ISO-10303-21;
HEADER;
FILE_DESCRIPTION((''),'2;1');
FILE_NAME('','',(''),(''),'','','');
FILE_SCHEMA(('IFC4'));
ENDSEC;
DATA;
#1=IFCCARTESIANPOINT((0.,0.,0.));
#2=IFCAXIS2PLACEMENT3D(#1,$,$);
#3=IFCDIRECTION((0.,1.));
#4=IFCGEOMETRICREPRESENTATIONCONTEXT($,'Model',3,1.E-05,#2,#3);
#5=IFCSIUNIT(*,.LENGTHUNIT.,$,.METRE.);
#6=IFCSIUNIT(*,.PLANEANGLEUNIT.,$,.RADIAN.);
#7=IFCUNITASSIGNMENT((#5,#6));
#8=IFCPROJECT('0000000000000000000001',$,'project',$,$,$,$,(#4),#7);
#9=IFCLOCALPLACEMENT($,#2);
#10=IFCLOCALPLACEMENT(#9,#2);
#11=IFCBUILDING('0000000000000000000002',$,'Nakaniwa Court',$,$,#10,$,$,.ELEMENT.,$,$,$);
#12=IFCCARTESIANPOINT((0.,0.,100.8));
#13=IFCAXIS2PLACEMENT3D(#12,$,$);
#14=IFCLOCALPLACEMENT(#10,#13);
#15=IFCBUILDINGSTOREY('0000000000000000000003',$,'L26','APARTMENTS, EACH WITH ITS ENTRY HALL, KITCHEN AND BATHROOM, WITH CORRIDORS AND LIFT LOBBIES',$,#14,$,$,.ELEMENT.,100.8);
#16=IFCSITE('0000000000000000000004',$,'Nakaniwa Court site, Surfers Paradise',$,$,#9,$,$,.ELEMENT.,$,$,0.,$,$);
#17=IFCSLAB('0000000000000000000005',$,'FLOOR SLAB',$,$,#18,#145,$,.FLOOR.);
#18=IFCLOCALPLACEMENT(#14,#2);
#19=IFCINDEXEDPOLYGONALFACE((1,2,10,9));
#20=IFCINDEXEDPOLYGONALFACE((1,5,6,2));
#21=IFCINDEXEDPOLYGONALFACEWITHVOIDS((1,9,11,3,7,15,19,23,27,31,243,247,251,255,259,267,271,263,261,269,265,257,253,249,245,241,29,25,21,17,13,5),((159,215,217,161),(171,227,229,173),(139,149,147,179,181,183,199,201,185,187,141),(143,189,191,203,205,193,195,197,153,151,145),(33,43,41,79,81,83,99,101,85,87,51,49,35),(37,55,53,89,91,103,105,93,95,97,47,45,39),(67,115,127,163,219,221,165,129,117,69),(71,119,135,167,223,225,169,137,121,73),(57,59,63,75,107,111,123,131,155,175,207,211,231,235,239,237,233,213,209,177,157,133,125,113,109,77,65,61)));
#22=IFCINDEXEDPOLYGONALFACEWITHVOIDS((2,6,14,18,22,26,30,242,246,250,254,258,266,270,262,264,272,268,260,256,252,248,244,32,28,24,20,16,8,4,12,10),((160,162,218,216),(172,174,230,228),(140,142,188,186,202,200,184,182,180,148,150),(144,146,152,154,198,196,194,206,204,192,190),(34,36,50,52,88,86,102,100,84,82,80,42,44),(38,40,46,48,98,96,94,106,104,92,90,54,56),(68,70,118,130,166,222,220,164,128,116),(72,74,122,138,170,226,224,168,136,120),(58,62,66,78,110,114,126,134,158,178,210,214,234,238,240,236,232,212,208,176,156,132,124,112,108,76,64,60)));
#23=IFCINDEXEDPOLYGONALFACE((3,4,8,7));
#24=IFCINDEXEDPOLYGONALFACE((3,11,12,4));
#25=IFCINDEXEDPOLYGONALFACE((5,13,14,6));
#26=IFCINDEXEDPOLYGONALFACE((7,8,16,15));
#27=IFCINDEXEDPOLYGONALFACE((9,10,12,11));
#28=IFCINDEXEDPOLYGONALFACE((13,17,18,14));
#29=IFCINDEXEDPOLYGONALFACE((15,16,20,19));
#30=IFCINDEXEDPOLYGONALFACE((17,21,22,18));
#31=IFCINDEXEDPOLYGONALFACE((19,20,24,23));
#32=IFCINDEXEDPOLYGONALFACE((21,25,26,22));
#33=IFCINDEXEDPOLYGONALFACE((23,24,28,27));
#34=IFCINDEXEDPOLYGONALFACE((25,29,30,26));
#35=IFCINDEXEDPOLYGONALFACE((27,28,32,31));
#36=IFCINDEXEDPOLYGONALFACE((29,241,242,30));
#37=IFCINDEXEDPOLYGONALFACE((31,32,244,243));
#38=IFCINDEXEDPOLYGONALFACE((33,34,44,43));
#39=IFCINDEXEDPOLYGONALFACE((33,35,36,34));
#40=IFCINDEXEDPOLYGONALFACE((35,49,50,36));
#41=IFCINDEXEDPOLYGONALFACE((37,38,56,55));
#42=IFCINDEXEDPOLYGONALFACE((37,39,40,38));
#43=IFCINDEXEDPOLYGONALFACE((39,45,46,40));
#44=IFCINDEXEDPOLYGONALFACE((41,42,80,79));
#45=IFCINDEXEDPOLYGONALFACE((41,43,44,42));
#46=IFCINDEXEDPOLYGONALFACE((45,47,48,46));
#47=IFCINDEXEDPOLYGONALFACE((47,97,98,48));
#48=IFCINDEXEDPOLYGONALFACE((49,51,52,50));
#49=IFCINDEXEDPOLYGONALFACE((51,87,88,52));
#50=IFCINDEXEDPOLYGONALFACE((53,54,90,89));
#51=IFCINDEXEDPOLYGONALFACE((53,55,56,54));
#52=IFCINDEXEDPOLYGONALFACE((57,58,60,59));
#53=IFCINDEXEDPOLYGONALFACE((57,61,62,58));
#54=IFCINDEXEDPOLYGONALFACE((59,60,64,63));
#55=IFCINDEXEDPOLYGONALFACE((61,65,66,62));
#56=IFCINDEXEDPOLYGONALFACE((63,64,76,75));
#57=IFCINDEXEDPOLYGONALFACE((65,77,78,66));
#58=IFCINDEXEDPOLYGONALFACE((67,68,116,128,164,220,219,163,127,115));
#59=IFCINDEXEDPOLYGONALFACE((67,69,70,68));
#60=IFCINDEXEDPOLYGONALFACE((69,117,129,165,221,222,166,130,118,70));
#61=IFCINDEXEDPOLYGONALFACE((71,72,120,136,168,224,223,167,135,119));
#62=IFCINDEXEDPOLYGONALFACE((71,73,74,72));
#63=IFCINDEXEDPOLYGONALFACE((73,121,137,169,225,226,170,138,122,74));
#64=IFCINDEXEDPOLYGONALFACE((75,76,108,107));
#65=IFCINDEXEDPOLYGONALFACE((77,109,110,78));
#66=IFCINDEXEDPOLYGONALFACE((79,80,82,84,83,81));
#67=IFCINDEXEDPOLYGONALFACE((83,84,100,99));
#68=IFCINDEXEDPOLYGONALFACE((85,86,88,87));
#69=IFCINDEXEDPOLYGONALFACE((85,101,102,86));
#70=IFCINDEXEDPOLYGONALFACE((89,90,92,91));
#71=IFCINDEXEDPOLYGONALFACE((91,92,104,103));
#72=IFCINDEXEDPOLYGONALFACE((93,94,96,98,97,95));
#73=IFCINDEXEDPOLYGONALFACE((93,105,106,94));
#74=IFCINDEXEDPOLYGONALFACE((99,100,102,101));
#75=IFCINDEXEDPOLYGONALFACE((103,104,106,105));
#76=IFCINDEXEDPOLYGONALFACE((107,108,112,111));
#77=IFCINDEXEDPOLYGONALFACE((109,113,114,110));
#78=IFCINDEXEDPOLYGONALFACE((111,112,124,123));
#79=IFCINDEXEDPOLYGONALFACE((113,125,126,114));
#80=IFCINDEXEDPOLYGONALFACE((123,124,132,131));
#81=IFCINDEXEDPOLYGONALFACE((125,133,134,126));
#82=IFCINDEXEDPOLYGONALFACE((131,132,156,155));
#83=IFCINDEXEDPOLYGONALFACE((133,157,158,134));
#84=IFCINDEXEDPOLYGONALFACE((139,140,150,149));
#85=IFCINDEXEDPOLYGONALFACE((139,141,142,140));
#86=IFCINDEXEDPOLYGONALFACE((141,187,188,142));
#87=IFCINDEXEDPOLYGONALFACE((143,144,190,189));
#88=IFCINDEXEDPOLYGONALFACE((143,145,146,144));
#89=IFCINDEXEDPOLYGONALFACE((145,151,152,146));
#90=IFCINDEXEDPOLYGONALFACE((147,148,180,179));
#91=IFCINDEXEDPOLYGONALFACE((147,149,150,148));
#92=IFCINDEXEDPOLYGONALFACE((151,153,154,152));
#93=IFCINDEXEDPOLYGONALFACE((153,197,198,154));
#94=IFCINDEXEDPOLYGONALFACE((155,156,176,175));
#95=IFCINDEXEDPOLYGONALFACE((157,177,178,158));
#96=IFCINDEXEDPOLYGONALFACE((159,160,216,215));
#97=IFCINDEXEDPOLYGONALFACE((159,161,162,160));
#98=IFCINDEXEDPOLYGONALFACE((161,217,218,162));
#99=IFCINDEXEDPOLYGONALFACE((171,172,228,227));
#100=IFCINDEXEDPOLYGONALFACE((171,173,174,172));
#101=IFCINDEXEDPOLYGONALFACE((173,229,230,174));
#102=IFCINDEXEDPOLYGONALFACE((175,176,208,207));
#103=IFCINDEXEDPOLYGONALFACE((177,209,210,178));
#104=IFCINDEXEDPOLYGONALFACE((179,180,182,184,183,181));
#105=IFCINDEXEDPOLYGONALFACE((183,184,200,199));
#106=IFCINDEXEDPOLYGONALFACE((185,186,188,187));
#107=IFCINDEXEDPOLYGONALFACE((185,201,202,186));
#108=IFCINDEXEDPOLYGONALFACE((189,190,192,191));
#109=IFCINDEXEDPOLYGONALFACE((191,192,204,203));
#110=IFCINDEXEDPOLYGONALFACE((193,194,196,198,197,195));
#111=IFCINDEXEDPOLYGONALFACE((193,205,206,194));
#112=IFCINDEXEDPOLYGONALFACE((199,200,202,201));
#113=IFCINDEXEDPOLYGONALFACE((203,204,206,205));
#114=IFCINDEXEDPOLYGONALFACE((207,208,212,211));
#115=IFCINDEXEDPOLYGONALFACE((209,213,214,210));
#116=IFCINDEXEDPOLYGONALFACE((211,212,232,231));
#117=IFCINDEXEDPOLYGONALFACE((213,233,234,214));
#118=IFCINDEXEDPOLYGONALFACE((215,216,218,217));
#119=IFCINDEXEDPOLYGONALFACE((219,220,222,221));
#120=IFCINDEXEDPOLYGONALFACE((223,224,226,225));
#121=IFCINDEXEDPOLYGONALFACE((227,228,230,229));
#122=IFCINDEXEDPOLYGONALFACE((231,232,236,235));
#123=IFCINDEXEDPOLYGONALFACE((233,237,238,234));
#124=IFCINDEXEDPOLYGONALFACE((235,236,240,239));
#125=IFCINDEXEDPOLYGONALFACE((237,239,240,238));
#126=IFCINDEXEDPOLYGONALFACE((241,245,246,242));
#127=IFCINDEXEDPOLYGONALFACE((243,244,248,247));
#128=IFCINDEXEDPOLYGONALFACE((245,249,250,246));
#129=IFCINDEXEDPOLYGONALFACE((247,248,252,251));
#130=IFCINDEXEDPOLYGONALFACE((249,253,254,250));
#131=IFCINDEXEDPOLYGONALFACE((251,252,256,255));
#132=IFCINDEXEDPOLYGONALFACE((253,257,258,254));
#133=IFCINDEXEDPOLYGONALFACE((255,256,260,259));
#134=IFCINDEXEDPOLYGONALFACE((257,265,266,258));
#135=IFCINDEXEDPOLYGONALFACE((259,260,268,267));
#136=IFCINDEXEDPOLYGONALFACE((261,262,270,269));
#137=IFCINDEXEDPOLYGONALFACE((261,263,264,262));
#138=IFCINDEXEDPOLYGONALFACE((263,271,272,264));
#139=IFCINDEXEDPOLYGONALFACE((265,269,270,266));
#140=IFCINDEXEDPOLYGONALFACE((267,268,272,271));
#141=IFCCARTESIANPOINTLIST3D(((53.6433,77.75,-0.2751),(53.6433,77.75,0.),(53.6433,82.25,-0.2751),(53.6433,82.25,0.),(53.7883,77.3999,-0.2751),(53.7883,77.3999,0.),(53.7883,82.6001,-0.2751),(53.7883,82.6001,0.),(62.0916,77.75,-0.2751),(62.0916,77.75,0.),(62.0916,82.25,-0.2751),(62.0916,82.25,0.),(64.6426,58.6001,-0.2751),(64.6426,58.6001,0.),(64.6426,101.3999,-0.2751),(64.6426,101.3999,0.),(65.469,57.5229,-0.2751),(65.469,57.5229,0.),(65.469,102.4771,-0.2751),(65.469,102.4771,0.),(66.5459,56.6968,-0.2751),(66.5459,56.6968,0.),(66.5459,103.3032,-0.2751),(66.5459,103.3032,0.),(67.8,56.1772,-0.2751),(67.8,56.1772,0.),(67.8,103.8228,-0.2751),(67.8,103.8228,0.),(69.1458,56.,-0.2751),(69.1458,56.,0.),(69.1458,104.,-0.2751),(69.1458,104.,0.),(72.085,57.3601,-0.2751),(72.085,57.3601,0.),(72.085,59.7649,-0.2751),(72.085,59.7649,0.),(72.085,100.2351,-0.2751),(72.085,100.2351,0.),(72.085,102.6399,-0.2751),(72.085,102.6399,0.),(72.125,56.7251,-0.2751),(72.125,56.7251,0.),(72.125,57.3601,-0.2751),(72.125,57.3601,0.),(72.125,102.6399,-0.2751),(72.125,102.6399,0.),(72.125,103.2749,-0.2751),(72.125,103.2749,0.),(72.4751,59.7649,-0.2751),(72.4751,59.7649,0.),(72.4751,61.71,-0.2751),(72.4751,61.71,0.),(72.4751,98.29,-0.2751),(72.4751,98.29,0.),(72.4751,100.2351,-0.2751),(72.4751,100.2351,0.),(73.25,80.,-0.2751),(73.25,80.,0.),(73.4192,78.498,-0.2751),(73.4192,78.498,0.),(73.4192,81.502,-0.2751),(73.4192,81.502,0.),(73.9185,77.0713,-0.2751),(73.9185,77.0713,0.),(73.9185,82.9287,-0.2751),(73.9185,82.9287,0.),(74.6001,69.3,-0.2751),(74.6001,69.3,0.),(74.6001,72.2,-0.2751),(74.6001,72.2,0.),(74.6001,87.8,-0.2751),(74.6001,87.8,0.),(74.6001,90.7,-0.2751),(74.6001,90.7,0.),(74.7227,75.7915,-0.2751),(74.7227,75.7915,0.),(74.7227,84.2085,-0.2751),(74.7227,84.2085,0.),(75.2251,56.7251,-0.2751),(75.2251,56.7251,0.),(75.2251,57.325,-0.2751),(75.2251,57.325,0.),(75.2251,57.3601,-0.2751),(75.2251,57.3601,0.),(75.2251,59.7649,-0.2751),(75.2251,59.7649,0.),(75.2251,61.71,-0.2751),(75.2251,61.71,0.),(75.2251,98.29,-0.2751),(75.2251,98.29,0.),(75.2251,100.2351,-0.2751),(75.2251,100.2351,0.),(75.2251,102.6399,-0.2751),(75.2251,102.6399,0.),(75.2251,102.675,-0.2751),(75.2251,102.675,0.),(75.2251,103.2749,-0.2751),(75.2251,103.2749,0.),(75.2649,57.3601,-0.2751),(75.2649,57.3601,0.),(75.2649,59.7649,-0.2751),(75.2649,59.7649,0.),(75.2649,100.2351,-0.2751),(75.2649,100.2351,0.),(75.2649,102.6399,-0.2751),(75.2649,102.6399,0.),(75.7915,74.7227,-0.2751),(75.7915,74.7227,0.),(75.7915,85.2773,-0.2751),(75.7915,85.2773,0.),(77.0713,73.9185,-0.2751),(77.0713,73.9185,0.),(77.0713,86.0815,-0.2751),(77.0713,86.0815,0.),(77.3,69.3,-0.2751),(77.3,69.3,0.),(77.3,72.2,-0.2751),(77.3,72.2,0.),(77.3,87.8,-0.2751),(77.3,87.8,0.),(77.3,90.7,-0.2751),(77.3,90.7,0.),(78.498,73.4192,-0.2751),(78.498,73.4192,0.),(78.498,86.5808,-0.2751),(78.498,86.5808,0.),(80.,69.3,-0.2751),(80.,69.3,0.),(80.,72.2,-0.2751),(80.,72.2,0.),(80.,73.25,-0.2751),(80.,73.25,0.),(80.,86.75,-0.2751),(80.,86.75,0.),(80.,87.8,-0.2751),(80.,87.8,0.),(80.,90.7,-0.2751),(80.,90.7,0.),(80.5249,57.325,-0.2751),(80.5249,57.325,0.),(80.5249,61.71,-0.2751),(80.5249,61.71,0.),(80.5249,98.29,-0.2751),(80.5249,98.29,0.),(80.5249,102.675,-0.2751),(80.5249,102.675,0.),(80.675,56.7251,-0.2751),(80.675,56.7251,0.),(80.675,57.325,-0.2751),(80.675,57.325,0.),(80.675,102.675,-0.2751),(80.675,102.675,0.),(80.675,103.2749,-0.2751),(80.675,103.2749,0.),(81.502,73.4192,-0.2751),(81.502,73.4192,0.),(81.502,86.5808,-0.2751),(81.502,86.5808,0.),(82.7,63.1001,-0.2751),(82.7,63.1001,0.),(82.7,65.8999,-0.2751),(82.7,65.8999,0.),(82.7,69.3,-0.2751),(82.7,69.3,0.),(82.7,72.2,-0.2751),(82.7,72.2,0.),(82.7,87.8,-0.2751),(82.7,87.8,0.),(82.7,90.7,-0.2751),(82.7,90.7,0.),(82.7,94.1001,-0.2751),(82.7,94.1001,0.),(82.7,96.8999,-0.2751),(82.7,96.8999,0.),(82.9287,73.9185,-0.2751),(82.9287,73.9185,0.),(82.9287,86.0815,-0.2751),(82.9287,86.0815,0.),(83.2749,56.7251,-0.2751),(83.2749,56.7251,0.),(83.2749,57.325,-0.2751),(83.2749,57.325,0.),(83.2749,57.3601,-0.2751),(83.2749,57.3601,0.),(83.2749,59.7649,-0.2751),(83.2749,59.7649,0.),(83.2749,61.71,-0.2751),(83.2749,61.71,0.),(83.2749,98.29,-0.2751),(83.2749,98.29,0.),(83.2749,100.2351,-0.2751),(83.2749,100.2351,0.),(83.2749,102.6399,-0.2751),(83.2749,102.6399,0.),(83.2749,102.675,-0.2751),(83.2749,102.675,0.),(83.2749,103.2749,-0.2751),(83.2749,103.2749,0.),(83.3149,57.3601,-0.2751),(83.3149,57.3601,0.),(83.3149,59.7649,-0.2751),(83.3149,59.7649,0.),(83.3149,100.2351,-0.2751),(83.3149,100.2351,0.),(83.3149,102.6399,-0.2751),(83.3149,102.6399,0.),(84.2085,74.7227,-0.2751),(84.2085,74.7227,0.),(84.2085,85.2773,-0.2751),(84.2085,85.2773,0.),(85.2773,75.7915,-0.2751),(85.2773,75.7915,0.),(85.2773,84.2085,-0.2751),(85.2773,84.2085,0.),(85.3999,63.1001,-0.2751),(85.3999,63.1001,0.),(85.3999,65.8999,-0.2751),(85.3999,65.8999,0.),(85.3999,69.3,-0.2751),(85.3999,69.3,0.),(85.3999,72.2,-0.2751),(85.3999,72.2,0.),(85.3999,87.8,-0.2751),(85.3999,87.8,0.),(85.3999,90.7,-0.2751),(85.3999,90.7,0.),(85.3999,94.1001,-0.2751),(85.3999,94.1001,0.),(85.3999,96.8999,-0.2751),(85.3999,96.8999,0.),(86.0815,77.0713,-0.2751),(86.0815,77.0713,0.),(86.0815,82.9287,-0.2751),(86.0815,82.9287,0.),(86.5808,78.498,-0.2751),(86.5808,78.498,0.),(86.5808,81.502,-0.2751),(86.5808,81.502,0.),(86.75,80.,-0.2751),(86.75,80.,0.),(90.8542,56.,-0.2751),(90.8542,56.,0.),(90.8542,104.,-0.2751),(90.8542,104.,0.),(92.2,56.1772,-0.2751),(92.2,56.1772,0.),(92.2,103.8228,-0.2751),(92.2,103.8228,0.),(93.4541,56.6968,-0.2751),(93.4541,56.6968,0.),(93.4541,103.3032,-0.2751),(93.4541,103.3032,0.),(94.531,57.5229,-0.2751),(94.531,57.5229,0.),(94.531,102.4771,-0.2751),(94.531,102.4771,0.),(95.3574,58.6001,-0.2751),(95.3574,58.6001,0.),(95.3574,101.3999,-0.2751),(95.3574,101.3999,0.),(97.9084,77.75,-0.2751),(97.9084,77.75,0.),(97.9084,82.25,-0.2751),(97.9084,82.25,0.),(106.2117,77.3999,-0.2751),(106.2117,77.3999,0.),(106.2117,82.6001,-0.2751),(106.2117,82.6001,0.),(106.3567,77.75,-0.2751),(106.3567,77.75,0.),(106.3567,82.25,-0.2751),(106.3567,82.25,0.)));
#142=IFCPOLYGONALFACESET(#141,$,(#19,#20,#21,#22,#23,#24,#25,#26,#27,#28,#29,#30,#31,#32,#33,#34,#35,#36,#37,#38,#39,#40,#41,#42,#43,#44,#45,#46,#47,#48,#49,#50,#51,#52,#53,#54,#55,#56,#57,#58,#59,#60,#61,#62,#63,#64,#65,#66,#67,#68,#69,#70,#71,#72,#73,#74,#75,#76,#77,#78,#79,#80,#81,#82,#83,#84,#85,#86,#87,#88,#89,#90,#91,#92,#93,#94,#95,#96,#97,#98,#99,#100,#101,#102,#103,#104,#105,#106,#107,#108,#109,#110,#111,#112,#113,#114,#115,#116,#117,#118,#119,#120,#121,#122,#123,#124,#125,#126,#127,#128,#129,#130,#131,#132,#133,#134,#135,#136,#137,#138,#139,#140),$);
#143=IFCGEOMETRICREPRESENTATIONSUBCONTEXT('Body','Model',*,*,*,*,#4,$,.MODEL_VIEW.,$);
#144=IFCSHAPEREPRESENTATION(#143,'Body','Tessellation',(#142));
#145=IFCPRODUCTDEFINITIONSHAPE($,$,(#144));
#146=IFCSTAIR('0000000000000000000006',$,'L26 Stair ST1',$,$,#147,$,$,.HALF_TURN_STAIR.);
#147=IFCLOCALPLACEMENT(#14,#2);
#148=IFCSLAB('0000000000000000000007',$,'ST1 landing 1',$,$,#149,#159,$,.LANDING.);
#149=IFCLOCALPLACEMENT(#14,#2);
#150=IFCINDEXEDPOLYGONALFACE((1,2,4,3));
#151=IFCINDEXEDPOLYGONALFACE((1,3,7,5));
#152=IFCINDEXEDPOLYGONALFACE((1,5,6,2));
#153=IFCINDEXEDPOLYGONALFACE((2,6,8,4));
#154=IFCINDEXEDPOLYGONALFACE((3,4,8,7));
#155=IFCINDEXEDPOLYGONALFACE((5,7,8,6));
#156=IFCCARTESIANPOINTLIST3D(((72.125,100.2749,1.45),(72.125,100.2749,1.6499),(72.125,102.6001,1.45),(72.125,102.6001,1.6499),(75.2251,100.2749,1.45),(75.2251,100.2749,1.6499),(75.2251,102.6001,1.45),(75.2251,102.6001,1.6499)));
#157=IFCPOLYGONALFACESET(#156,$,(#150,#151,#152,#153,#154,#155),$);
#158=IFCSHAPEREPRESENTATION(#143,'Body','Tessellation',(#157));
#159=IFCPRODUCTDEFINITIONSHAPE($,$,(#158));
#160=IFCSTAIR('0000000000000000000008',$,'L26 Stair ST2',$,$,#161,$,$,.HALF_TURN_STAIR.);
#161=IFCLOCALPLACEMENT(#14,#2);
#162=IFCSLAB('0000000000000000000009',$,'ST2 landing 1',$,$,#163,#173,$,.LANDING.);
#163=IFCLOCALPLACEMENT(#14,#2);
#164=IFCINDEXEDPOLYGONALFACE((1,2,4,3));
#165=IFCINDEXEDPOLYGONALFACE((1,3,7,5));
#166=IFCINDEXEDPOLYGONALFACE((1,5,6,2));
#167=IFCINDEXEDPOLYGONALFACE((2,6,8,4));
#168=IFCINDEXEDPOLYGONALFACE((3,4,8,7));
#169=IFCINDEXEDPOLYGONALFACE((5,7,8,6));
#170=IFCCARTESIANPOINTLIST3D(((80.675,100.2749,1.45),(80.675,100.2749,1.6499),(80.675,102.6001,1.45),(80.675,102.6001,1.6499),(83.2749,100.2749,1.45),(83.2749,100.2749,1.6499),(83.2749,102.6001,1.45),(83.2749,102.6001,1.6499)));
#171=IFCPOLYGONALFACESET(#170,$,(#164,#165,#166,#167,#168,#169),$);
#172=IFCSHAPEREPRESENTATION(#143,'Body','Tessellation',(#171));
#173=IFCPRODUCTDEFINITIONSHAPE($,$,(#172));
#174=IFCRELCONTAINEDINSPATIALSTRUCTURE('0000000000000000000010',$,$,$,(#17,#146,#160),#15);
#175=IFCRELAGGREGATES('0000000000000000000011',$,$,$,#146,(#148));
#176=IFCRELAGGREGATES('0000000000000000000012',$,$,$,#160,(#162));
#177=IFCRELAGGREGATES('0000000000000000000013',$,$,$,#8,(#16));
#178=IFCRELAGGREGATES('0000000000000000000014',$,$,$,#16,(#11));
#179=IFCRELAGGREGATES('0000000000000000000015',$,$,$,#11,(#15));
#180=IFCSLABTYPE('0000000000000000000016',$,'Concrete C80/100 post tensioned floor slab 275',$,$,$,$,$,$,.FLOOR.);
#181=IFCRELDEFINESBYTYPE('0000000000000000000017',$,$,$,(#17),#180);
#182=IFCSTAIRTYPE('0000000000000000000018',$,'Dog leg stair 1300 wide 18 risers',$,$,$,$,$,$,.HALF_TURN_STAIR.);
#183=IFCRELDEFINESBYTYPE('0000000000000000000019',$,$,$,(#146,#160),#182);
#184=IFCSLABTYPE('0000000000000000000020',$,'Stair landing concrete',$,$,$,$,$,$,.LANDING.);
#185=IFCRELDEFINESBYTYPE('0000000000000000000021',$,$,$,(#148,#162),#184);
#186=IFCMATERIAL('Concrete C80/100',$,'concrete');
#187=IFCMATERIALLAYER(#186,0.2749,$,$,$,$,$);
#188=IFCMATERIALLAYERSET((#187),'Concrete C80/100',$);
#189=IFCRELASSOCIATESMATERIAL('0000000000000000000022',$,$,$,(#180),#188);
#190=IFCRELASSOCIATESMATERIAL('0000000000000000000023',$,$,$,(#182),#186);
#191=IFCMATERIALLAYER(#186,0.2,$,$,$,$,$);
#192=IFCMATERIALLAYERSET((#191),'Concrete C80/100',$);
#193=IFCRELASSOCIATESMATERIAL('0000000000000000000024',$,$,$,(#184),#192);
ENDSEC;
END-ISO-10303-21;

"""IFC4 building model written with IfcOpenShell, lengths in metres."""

from ifc_helpers import new_model, si_unit, direction, frame, origin, place, context, subcontext, project, spatial, polyline, outline, extrude, material, layer, layer_set, type_object, element, aggregate, save


model = new_model("IFC4")

# Units and contexts
model_context = context("Model", 3, precision=1e-05, world=origin(), true_north=direction((0.0, 1.0)))
body_context = subcontext(model_context, "Body", "Model", "MODEL_VIEW")
ifc_project = project(units=[si_unit("LENGTHUNIT", "METRE"), si_unit("PLANEANGLEUNIT", "RADIAN")], contexts=[model_context])

# Site, building, storey
site_placement = place(None, origin())
site = spatial("IfcSite", under=ifc_project, at=site_placement, Name="Nakaniwa Court site, Surfers Paradise", CompositionType="ELEMENT", RefElevation=0.0)
building_placement = place(site_placement, origin())
building = spatial("IfcBuilding", under=site, at=building_placement, Name="Nakaniwa Court", CompositionType="ELEMENT")
storey_placement = place(building_placement, frame((0.0, 0.0, 100.8)))
storey = spatial("IfcBuildingStorey", under=building, at=storey_placement, Name="L26", Description="APARTMENTS, EACH WITH ITS ENTRY HALL, KITCHEN AND BATHROOM, WITH CORRIDORS AND LIFT LOBBIES", CompositionType="ELEMENT", Elevation=100.8)

# Shared definitions
ifc_material_1 = material(Name="Concrete C80/100", Category="concrete")

# Slab
ifc_layer_1 = layer(ifc_material_1, 0.2749)
ifc_layer_set_1 = layer_set([ifc_layer_1], Name="Concrete C80/100")
slab_type_1 = type_object("IfcSlabType", Name="Concrete C80/100 post tensioned floor slab 275", PredefinedType="FLOOR", material=ifc_layer_set_1)
slab_1_placement = place(storey_placement, frame((0.0, 0.0, -0.2751)))
element("IfcSlab", 1, at=slab_1_placement, inside=storey, type_object=slab_type_1, Name="FLOOR SLAB", PredefinedType="FLOOR", context=body_context, shape_type="SweptSolid", body=[
    extrude(outline(polyline([(97.9084, 82.25), (106.3567, 82.25), (106.2117, 82.6001), (95.3574, 101.3999), (94.531, 102.4771), (93.4541, 103.3032), (92.2, 103.8228), (90.8542, 104.0), (69.1458, 104.0), (67.8, 103.8228), (66.5459, 103.3032), (65.469, 102.4771), (64.6426, 101.3999), (53.7883, 82.6001), (53.6433, 82.25), (62.0916, 82.25), (62.0916, 77.75), (53.6433, 77.75), (53.7883, 77.3999), (64.6426, 58.6001), (65.469, 57.5229), (66.5459, 56.6968), (67.8, 56.1772), (69.1458, 56.0), (90.8542, 56.0), (92.2, 56.1772), (93.4541, 56.6968), (94.531, 57.5229), (95.3574, 58.6001), (106.2117, 77.3999), (106.3567, 77.75), (97.9084, 77.75), (97.9084, 82.25)]), holes=[polyline([(81.502, 86.5808), (80.0, 86.75), (78.498, 86.5808), (77.0713, 86.0815), (75.7915, 85.2773), (74.7227, 84.2085), (73.9185, 82.9287), (73.4192, 81.502), (73.25, 80.0), (73.4192, 78.498), (73.9185, 77.0713), (74.7227, 75.7915), (75.7915, 74.7227), (77.0713, 73.9185), (78.498, 73.4192), (80.0, 73.25), (81.502, 73.4192), (82.9287, 73.9185), (84.2085, 74.7227), (85.2773, 75.7915), (86.0815, 77.0713), (86.5808, 78.498), (86.75, 80.0), (86.5808, 81.502), (86.0815, 82.9287), (85.2773, 84.2085), (84.2085, 85.2773), (82.9287, 86.0815), (81.502, 86.5808)]), polyline([(75.2649, 57.3601), (75.2649, 59.7649), (75.2251, 59.7649), (75.2251, 61.71), (72.4751, 61.71), (72.4751, 59.7649), (72.085, 59.7649), (72.085, 57.3601), (72.125, 57.3601), (72.125, 56.7251), (75.2251, 56.7251), (75.2251, 57.325), (75.2251, 57.3601), (75.2649, 57.3601)]), polyline([(80.0, 69.3), (82.7, 69.3), (85.3999, 69.3), (85.3999, 72.2), (82.7, 72.2), (80.0, 72.2), (77.3, 72.2), (74.6001, 72.2), (74.6001, 69.3), (77.3, 69.3), (80.0, 69.3)]), polyline([(80.0, 87.8), (82.7, 87.8), (85.3999, 87.8), (85.3999, 90.7), (82.7, 90.7), (80.0, 90.7), (77.3, 90.7), (74.6001, 90.7), (74.6001, 87.8), (77.3, 87.8), (80.0, 87.8)]), polyline([(75.2649, 100.2351), (75.2649, 102.6399), (75.2251, 102.6399), (75.2251, 102.675), (75.2251, 103.2749), (72.125, 103.2749), (72.125, 102.6399), (72.085, 102.6399), (72.085, 100.2351), (72.4751, 100.2351), (72.4751, 98.29), (75.2251, 98.29), (75.2251, 100.2351), (75.2649, 100.2351)]), polyline([(83.2749, 61.71), (80.5249, 61.71), (80.5249, 57.325), (80.675, 57.325), (80.675, 56.7251), (83.2749, 56.7251), (83.2749, 57.325), (83.2749, 57.3601), (83.3149, 57.3601), (83.3149, 59.7649), (83.2749, 59.7649), (83.2749, 61.71)]), polyline([(85.3999, 65.8999), (82.7, 65.8999), (82.7, 63.1001), (85.3999, 63.1001), (85.3999, 65.8999)]), polyline([(85.3999, 96.8999), (82.7, 96.8999), (82.7, 94.1001), (85.3999, 94.1001), (85.3999, 96.8999)]), polyline([(83.2749, 100.2351), (83.3149, 100.2351), (83.3149, 102.6399), (83.2749, 102.6399), (83.2749, 102.675), (83.2749, 103.2749), (80.675, 103.2749), (80.675, 102.675), (80.5249, 102.675), (80.5249, 98.29), (83.2749, 98.29), (83.2749, 100.2351)])]), origin(), (0.0, 0.0, 1.0), 0.2751),
])

# Stairs, slabs
stair_type = type_object("IfcStairType", Name="Dog leg stair 1300 wide 18 risers", PredefinedType="HALF_TURN_STAIR", material=ifc_material_1)
stair_1_placement = place(storey_placement, origin())
stair_1 = element("IfcStair", 2, at=stair_1_placement, inside=storey, type_object=stair_type, Name="L26 Stair ST1", PredefinedType="HALF_TURN_STAIR")
ifc_layer_2 = layer(ifc_material_1, 0.2)
ifc_layer_set_2 = layer_set([ifc_layer_2], Name="Concrete C80/100")
slab_type_2 = type_object("IfcSlabType", Name="Stair landing concrete", PredefinedType="LANDING", material=ifc_layer_set_2)
slab_2_placement = place(storey_placement, frame((0.0, 0.0, 1.45)))
slab_2 = element("IfcSlab", 3, at=slab_2_placement, type_object=slab_type_2, Name="ST1 landing 1", PredefinedType="LANDING", context=body_context, shape_type="SweptSolid", body=[
    extrude(outline(polyline([(75.2251, 100.2749), (75.2251, 102.6001), (72.125, 102.6001), (72.125, 100.2749), (75.2251, 100.2749)])), origin(), (0.0, 0.0, 1.0), 0.2),
])
aggregate(stair_1, [slab_2])
stair_2_placement = place(storey_placement, origin())
stair_2 = element("IfcStair", 4, at=stair_2_placement, inside=storey, type_object=stair_type, Name="L26 Stair ST2", PredefinedType="HALF_TURN_STAIR")
slab_3_placement = place(storey_placement, frame((0.0, 0.0, 1.45)))
slab_3 = element("IfcSlab", 5, at=slab_3_placement, type_object=slab_type_2, Name="ST2 landing 1", PredefinedType="LANDING", context=body_context, shape_type="SweptSolid", body=[
    extrude(outline(polyline([(83.2749, 100.2749), (83.2749, 102.6001), (80.675, 102.6001), (80.675, 100.2749), (83.2749, 100.2749)])), origin(), (0.0, 0.0, 1.0), 0.2),
])
aggregate(stair_2, [slab_3])

save(model, "model.ifc")
